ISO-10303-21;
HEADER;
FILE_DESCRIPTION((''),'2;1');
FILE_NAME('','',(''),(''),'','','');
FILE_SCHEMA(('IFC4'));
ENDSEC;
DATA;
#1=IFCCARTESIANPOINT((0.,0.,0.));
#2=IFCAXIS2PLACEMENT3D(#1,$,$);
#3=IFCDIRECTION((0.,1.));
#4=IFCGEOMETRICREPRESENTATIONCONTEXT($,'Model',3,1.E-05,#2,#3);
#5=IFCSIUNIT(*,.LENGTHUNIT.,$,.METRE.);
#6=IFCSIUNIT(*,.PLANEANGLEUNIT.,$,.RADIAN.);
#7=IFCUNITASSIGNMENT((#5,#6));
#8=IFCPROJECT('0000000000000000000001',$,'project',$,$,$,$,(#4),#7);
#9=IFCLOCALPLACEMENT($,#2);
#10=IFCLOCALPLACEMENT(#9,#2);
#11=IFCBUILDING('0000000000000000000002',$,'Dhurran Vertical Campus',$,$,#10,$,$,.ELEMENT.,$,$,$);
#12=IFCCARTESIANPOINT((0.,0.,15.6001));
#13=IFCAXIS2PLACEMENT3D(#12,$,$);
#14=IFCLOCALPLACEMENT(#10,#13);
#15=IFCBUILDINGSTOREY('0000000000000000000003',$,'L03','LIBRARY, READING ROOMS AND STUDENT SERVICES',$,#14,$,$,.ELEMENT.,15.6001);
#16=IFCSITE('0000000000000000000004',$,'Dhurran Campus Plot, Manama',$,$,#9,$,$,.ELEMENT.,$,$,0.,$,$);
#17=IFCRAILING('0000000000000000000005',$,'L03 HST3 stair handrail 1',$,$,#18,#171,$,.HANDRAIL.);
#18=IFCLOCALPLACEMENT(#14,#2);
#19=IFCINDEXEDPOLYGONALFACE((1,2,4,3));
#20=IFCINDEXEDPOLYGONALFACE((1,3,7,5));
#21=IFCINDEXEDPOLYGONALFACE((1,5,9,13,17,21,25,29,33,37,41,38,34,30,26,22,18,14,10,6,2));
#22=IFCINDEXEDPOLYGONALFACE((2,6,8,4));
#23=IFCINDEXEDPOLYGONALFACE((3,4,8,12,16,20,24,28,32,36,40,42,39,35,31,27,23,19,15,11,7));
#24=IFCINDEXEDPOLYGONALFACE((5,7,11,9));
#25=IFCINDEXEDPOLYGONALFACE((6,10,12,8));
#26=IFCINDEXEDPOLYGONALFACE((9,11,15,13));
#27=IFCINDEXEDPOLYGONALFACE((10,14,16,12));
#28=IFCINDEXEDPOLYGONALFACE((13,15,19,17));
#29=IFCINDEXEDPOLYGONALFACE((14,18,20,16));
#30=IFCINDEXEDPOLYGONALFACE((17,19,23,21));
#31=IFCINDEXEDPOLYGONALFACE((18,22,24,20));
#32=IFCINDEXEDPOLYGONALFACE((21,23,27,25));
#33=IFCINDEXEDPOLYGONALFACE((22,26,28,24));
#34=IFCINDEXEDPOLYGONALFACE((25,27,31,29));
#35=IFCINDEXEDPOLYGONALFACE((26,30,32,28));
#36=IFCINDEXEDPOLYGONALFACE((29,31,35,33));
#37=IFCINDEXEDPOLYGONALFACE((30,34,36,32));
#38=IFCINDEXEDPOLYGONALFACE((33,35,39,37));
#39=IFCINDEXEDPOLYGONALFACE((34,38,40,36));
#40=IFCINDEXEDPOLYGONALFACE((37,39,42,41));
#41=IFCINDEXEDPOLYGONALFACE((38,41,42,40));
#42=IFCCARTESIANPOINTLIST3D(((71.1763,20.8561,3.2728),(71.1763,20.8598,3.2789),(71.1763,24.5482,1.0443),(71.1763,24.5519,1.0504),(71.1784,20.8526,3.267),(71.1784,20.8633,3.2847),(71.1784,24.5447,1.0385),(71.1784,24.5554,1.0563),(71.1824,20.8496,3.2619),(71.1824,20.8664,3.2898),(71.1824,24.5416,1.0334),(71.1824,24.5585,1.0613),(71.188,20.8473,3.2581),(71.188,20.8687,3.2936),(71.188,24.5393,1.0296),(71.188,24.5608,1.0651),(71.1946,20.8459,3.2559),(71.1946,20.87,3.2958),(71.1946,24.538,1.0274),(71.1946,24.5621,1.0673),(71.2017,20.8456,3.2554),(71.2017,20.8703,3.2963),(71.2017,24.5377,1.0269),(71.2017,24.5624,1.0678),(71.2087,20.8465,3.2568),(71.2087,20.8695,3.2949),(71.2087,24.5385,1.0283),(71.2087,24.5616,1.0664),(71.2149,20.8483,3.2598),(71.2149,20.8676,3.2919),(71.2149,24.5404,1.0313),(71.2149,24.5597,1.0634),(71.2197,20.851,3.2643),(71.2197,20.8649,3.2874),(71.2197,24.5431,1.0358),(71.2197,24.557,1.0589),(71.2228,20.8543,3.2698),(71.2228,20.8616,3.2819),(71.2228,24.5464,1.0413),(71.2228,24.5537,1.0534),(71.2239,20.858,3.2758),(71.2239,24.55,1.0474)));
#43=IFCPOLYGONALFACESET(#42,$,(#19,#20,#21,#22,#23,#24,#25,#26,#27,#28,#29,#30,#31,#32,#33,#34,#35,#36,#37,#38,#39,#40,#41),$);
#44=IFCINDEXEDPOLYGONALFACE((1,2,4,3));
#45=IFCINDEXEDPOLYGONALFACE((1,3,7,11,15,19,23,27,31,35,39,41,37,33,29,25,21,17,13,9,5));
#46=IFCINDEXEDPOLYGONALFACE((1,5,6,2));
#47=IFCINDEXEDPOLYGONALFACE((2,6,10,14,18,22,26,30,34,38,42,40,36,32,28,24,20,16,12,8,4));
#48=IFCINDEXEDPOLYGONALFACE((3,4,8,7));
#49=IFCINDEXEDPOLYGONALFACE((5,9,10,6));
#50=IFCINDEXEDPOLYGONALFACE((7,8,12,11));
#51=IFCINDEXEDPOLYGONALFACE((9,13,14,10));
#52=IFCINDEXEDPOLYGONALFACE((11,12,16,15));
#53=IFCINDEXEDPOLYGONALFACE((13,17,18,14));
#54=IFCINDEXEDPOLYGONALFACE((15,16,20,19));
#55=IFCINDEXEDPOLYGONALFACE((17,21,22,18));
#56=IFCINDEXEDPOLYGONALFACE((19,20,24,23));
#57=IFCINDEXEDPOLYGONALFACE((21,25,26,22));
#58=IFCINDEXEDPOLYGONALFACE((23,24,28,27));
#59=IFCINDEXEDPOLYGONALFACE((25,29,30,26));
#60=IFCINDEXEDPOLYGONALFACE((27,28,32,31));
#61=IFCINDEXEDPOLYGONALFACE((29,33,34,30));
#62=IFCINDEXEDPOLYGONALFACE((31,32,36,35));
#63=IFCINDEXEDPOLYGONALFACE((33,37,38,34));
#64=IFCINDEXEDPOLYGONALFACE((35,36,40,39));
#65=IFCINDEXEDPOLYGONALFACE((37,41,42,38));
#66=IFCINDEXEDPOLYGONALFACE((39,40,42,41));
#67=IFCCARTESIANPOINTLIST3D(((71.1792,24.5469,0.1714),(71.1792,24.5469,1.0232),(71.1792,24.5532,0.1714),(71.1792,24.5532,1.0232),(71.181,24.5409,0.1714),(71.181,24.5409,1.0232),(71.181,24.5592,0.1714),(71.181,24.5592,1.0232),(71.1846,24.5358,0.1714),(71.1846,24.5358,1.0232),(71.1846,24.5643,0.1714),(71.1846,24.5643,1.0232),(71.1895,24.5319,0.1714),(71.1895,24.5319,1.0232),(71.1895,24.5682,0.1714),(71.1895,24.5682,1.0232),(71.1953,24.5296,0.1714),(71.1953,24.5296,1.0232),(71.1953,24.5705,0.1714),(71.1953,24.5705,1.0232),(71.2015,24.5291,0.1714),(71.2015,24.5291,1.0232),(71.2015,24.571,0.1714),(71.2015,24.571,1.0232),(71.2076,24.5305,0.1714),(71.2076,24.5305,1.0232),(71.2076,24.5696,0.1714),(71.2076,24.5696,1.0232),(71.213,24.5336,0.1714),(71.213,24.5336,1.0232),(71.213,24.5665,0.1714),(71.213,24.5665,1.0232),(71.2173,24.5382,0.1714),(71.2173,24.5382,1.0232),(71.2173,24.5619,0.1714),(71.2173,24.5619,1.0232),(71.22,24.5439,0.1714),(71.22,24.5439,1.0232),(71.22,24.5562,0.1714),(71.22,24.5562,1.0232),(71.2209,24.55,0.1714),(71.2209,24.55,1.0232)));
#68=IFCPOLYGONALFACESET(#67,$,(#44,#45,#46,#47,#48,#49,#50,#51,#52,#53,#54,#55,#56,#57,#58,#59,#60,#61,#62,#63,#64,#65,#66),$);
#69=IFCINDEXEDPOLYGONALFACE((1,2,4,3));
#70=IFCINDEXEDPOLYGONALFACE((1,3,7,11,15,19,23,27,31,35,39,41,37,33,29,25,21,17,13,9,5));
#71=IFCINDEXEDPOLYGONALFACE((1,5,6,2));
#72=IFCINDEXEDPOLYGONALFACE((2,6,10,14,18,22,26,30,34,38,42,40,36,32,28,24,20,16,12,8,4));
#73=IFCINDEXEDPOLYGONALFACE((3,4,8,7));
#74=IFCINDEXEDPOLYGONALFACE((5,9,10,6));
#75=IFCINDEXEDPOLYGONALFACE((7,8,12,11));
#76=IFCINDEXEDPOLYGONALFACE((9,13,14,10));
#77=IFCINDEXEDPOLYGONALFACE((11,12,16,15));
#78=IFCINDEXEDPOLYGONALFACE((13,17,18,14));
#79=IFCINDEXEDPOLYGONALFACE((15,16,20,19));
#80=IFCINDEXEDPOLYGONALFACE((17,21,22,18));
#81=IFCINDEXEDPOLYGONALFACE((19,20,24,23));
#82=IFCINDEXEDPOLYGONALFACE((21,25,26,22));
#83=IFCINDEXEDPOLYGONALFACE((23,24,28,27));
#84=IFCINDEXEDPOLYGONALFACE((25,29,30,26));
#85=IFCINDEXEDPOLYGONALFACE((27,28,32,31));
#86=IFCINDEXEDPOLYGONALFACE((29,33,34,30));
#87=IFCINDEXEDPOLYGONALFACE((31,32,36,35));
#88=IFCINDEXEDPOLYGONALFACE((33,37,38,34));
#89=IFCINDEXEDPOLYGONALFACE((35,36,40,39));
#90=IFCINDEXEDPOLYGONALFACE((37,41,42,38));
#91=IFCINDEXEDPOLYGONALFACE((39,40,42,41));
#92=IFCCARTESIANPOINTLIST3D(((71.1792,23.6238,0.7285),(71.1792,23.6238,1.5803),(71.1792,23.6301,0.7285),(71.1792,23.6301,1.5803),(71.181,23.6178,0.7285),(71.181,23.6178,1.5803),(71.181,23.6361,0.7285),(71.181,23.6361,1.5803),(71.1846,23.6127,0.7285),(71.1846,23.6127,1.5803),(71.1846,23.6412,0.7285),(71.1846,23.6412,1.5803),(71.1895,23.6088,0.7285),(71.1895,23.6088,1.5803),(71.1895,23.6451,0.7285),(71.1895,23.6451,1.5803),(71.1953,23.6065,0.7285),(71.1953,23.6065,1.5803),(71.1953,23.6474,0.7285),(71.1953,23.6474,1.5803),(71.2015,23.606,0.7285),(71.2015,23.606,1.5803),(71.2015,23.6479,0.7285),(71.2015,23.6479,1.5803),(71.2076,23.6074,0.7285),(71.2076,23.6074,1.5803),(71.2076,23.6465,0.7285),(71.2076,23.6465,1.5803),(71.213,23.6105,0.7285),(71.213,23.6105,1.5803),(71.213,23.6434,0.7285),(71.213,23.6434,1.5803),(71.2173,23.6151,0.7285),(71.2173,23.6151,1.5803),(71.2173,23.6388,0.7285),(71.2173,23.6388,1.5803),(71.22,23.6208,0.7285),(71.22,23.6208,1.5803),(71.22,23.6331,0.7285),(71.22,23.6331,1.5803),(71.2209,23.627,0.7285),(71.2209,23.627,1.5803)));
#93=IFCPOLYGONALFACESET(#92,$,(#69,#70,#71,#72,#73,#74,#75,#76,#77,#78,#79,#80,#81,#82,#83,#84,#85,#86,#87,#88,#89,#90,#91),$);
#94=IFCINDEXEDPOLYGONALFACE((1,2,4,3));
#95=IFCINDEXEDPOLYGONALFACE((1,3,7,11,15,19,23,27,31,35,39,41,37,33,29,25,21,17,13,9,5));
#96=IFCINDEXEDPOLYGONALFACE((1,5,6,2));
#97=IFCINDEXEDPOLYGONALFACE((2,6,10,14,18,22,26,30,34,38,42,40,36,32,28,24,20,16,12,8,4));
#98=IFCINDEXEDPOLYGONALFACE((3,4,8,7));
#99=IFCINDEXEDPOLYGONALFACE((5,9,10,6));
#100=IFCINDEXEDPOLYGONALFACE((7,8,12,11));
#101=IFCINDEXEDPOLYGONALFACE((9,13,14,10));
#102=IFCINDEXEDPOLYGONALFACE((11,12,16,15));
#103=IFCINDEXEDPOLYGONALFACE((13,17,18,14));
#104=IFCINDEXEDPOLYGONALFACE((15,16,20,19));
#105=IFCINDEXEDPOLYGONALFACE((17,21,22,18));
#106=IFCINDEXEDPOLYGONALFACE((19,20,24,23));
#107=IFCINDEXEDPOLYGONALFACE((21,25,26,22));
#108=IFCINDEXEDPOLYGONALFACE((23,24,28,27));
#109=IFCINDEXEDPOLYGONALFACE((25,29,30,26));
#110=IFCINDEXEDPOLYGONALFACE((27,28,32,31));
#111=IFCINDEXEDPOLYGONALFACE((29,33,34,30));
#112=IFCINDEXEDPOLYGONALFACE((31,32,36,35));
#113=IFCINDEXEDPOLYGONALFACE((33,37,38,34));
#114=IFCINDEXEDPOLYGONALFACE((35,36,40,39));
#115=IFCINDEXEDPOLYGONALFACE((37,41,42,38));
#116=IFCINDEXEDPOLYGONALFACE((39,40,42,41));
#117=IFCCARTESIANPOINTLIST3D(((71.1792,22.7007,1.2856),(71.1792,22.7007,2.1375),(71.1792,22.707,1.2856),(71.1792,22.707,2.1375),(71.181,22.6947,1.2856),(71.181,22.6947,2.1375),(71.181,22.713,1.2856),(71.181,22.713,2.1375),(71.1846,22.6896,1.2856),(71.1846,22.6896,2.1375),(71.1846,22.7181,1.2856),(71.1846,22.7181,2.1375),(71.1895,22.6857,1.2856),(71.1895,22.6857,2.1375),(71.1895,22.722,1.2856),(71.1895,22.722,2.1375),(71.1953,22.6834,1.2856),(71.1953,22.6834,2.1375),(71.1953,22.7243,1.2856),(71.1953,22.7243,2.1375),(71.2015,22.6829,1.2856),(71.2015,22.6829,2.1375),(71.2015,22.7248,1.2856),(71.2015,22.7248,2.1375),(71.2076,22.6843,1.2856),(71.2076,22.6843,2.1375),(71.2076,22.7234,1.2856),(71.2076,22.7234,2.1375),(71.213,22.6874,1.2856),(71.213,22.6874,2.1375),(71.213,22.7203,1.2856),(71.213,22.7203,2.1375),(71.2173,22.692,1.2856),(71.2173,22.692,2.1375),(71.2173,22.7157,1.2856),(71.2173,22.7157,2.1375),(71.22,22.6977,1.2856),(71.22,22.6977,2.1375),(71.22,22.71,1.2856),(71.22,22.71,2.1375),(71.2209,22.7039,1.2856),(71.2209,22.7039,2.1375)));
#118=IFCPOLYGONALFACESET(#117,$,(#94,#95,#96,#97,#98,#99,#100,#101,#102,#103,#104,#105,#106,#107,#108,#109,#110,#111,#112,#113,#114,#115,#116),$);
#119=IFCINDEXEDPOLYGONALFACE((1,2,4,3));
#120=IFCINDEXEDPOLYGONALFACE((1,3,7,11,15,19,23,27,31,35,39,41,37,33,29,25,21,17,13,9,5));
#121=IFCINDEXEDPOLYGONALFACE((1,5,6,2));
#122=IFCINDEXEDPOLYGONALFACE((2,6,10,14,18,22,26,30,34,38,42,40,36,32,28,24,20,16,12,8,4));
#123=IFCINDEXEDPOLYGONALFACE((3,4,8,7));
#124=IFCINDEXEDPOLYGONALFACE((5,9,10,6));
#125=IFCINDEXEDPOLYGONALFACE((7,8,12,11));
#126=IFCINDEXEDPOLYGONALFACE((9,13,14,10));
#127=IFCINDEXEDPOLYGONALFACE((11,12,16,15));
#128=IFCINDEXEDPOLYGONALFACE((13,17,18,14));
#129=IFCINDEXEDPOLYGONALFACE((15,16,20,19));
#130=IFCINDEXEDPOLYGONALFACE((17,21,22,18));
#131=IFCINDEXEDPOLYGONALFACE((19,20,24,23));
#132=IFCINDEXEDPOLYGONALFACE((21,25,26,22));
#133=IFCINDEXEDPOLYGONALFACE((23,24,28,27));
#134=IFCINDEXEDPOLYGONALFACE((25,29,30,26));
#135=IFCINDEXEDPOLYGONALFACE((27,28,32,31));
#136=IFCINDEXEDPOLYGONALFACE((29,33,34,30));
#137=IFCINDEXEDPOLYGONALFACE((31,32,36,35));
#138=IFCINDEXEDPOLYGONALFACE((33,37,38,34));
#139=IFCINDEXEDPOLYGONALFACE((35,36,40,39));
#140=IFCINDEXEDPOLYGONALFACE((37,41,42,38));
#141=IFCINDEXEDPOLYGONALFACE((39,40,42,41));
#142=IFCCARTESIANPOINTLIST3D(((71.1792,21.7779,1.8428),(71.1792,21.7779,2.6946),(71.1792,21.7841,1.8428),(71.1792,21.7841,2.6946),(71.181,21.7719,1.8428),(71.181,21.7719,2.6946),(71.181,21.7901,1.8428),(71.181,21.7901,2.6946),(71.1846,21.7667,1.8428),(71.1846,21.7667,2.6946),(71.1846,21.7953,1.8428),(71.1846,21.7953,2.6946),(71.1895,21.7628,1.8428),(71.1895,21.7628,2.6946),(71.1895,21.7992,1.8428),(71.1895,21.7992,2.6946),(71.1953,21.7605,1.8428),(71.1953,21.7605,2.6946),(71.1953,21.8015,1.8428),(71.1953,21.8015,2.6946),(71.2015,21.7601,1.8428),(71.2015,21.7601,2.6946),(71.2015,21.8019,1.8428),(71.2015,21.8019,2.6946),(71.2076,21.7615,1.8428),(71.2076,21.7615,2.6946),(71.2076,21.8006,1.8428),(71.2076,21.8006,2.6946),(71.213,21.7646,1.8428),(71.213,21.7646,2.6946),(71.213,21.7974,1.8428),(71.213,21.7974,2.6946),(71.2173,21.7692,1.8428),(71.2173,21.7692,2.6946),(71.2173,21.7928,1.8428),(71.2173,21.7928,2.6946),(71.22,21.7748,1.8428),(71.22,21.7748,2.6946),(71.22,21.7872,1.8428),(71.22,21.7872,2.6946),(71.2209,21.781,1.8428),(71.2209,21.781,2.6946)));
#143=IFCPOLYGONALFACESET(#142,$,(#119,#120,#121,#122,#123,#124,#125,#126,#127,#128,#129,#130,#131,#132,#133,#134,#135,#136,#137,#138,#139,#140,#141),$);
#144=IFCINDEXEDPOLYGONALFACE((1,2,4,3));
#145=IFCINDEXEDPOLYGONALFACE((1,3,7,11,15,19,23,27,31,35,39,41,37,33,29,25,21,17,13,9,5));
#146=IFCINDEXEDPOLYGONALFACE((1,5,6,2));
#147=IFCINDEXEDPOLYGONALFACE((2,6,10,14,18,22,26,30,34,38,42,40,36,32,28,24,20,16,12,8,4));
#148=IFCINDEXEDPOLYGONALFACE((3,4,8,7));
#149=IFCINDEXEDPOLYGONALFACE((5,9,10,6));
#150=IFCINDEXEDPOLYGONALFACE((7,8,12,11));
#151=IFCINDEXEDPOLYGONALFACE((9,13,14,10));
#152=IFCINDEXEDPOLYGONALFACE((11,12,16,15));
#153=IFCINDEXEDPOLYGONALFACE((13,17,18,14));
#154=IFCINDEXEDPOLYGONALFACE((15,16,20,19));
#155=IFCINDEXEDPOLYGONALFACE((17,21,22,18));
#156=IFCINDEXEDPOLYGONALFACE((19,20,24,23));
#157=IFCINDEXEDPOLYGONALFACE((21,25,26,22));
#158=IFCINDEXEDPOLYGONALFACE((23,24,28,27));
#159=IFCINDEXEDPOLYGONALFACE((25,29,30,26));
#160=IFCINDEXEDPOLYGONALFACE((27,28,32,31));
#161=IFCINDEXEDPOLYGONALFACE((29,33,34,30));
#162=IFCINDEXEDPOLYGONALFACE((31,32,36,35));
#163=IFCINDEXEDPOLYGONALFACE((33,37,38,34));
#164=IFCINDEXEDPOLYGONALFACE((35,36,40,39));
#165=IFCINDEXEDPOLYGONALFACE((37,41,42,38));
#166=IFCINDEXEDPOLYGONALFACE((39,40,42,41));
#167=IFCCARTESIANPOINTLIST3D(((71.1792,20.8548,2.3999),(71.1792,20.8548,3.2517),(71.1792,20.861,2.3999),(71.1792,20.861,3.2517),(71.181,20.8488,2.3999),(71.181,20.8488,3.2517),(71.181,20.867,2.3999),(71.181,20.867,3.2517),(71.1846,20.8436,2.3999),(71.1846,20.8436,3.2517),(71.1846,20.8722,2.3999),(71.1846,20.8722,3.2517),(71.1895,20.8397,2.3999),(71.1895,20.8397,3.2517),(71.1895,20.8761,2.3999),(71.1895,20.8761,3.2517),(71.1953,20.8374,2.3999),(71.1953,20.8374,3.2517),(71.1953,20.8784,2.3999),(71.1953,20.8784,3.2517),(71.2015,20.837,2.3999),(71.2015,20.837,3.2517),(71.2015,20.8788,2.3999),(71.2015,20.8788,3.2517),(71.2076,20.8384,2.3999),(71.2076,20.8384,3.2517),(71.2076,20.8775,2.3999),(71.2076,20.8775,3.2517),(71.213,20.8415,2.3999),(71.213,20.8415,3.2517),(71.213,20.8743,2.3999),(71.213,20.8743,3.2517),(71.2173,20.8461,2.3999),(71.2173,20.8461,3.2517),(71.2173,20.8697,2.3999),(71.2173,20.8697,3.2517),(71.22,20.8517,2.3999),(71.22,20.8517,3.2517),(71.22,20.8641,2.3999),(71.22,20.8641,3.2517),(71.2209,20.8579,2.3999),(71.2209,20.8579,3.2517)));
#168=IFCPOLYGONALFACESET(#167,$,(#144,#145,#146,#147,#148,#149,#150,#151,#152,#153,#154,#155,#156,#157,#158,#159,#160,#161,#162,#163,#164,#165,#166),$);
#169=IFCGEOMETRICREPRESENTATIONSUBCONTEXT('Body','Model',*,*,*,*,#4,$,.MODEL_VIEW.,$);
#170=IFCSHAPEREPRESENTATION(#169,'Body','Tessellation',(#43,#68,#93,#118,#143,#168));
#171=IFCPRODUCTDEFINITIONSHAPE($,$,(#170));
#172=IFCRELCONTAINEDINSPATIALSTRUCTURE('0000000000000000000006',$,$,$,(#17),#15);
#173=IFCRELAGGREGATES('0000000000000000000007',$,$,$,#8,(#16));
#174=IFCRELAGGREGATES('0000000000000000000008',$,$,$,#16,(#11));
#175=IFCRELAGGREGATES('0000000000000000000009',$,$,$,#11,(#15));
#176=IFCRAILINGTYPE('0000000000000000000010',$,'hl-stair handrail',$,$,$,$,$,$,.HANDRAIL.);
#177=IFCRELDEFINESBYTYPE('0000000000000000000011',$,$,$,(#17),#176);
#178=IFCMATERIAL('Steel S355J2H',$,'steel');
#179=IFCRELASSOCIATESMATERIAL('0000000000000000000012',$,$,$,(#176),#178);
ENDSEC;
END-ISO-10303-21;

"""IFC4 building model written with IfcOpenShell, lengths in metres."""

from ifc_helpers import new_model, si_unit, direction, frame, origin, origin_2d, place, context, subcontext, project, spatial, circle, extrude, material, type_object, element, save


model = new_model("IFC4")

# Units and contexts
model_context = context("Model", 3, precision=1e-05, world=origin(), true_north=direction((0.0, 1.0)))
body_context = subcontext(model_context, "Body", "Model", "MODEL_VIEW")
ifc_project = project(units=[si_unit("LENGTHUNIT", "METRE"), si_unit("PLANEANGLEUNIT", "RADIAN")], contexts=[model_context])

# Site, building, storey
site_placement = place(None, origin())
site = spatial("IfcSite", under=ifc_project, at=site_placement, Name="Dhurran Campus Plot, Manama", CompositionType="ELEMENT", RefElevation=0.0)
building_placement = place(site_placement, origin())
building = spatial("IfcBuilding", under=site, at=building_placement, Name="Dhurran Vertical Campus", CompositionType="ELEMENT")
storey_placement = place(building_placement, frame((0.0, 0.0, 15.6001)))
storey = spatial("IfcBuildingStorey", under=building, at=storey_placement, Name="L03", Description="LIBRARY, READING ROOMS AND STUDENT SERVICES", CompositionType="ELEMENT", Elevation=15.6001)

# Railing
ifc_material_1 = material(Name="Steel S355J2H", Category="steel")
railing_type_1 = type_object("IfcRailingType", Name="hl-stair handrail", PredefinedType="HANDRAIL", material=ifc_material_1)
railing_1_placement = place(storey_placement, frame((71.2, 24.55, 0.1714)))
element("IfcRailing", 1, at=railing_1_placement, inside=storey, type_object=railing_type_1, Name="L03 HST3 stair handrail 1", PredefinedType="HANDRAIL", context=body_context, shape_type="SweptSolid", body=[
    extrude(circle(Radius=0.0239, at=origin_2d()), frame((0.0, 0.0, 0.876), z_axis=(0.0, -0.856136, 0.51675), x_axis=(1.0, 0.0, 0.0)), (0.0, 0.0, 1.0), 4.3125),
    extrude(circle(Radius=0.021, at=origin_2d()), origin(), (0.0, 0.0, 1.0), 0.8518),
    extrude(circle(Radius=0.021, at=origin_2d()), frame((0.0, -0.9231, 0.5571)), (0.0, 0.0, 1.0), 0.8518),
    extrude(circle(Radius=0.021, at=origin_2d()), frame((0.0, -1.8462, 1.1143)), (0.0, 0.0, 1.0), 0.8518),
    extrude(circle(Radius=0.021, at=origin_2d()), frame((0.0, -2.769, 1.6714)), (0.0, 0.0, 1.0), 0.8518),
    extrude(circle(Radius=0.021, at=origin_2d()), frame((0.0, -3.6921, 2.2285)), (0.0, 0.0, 1.0), 0.8518),
])

save(model, "model.ifc")
